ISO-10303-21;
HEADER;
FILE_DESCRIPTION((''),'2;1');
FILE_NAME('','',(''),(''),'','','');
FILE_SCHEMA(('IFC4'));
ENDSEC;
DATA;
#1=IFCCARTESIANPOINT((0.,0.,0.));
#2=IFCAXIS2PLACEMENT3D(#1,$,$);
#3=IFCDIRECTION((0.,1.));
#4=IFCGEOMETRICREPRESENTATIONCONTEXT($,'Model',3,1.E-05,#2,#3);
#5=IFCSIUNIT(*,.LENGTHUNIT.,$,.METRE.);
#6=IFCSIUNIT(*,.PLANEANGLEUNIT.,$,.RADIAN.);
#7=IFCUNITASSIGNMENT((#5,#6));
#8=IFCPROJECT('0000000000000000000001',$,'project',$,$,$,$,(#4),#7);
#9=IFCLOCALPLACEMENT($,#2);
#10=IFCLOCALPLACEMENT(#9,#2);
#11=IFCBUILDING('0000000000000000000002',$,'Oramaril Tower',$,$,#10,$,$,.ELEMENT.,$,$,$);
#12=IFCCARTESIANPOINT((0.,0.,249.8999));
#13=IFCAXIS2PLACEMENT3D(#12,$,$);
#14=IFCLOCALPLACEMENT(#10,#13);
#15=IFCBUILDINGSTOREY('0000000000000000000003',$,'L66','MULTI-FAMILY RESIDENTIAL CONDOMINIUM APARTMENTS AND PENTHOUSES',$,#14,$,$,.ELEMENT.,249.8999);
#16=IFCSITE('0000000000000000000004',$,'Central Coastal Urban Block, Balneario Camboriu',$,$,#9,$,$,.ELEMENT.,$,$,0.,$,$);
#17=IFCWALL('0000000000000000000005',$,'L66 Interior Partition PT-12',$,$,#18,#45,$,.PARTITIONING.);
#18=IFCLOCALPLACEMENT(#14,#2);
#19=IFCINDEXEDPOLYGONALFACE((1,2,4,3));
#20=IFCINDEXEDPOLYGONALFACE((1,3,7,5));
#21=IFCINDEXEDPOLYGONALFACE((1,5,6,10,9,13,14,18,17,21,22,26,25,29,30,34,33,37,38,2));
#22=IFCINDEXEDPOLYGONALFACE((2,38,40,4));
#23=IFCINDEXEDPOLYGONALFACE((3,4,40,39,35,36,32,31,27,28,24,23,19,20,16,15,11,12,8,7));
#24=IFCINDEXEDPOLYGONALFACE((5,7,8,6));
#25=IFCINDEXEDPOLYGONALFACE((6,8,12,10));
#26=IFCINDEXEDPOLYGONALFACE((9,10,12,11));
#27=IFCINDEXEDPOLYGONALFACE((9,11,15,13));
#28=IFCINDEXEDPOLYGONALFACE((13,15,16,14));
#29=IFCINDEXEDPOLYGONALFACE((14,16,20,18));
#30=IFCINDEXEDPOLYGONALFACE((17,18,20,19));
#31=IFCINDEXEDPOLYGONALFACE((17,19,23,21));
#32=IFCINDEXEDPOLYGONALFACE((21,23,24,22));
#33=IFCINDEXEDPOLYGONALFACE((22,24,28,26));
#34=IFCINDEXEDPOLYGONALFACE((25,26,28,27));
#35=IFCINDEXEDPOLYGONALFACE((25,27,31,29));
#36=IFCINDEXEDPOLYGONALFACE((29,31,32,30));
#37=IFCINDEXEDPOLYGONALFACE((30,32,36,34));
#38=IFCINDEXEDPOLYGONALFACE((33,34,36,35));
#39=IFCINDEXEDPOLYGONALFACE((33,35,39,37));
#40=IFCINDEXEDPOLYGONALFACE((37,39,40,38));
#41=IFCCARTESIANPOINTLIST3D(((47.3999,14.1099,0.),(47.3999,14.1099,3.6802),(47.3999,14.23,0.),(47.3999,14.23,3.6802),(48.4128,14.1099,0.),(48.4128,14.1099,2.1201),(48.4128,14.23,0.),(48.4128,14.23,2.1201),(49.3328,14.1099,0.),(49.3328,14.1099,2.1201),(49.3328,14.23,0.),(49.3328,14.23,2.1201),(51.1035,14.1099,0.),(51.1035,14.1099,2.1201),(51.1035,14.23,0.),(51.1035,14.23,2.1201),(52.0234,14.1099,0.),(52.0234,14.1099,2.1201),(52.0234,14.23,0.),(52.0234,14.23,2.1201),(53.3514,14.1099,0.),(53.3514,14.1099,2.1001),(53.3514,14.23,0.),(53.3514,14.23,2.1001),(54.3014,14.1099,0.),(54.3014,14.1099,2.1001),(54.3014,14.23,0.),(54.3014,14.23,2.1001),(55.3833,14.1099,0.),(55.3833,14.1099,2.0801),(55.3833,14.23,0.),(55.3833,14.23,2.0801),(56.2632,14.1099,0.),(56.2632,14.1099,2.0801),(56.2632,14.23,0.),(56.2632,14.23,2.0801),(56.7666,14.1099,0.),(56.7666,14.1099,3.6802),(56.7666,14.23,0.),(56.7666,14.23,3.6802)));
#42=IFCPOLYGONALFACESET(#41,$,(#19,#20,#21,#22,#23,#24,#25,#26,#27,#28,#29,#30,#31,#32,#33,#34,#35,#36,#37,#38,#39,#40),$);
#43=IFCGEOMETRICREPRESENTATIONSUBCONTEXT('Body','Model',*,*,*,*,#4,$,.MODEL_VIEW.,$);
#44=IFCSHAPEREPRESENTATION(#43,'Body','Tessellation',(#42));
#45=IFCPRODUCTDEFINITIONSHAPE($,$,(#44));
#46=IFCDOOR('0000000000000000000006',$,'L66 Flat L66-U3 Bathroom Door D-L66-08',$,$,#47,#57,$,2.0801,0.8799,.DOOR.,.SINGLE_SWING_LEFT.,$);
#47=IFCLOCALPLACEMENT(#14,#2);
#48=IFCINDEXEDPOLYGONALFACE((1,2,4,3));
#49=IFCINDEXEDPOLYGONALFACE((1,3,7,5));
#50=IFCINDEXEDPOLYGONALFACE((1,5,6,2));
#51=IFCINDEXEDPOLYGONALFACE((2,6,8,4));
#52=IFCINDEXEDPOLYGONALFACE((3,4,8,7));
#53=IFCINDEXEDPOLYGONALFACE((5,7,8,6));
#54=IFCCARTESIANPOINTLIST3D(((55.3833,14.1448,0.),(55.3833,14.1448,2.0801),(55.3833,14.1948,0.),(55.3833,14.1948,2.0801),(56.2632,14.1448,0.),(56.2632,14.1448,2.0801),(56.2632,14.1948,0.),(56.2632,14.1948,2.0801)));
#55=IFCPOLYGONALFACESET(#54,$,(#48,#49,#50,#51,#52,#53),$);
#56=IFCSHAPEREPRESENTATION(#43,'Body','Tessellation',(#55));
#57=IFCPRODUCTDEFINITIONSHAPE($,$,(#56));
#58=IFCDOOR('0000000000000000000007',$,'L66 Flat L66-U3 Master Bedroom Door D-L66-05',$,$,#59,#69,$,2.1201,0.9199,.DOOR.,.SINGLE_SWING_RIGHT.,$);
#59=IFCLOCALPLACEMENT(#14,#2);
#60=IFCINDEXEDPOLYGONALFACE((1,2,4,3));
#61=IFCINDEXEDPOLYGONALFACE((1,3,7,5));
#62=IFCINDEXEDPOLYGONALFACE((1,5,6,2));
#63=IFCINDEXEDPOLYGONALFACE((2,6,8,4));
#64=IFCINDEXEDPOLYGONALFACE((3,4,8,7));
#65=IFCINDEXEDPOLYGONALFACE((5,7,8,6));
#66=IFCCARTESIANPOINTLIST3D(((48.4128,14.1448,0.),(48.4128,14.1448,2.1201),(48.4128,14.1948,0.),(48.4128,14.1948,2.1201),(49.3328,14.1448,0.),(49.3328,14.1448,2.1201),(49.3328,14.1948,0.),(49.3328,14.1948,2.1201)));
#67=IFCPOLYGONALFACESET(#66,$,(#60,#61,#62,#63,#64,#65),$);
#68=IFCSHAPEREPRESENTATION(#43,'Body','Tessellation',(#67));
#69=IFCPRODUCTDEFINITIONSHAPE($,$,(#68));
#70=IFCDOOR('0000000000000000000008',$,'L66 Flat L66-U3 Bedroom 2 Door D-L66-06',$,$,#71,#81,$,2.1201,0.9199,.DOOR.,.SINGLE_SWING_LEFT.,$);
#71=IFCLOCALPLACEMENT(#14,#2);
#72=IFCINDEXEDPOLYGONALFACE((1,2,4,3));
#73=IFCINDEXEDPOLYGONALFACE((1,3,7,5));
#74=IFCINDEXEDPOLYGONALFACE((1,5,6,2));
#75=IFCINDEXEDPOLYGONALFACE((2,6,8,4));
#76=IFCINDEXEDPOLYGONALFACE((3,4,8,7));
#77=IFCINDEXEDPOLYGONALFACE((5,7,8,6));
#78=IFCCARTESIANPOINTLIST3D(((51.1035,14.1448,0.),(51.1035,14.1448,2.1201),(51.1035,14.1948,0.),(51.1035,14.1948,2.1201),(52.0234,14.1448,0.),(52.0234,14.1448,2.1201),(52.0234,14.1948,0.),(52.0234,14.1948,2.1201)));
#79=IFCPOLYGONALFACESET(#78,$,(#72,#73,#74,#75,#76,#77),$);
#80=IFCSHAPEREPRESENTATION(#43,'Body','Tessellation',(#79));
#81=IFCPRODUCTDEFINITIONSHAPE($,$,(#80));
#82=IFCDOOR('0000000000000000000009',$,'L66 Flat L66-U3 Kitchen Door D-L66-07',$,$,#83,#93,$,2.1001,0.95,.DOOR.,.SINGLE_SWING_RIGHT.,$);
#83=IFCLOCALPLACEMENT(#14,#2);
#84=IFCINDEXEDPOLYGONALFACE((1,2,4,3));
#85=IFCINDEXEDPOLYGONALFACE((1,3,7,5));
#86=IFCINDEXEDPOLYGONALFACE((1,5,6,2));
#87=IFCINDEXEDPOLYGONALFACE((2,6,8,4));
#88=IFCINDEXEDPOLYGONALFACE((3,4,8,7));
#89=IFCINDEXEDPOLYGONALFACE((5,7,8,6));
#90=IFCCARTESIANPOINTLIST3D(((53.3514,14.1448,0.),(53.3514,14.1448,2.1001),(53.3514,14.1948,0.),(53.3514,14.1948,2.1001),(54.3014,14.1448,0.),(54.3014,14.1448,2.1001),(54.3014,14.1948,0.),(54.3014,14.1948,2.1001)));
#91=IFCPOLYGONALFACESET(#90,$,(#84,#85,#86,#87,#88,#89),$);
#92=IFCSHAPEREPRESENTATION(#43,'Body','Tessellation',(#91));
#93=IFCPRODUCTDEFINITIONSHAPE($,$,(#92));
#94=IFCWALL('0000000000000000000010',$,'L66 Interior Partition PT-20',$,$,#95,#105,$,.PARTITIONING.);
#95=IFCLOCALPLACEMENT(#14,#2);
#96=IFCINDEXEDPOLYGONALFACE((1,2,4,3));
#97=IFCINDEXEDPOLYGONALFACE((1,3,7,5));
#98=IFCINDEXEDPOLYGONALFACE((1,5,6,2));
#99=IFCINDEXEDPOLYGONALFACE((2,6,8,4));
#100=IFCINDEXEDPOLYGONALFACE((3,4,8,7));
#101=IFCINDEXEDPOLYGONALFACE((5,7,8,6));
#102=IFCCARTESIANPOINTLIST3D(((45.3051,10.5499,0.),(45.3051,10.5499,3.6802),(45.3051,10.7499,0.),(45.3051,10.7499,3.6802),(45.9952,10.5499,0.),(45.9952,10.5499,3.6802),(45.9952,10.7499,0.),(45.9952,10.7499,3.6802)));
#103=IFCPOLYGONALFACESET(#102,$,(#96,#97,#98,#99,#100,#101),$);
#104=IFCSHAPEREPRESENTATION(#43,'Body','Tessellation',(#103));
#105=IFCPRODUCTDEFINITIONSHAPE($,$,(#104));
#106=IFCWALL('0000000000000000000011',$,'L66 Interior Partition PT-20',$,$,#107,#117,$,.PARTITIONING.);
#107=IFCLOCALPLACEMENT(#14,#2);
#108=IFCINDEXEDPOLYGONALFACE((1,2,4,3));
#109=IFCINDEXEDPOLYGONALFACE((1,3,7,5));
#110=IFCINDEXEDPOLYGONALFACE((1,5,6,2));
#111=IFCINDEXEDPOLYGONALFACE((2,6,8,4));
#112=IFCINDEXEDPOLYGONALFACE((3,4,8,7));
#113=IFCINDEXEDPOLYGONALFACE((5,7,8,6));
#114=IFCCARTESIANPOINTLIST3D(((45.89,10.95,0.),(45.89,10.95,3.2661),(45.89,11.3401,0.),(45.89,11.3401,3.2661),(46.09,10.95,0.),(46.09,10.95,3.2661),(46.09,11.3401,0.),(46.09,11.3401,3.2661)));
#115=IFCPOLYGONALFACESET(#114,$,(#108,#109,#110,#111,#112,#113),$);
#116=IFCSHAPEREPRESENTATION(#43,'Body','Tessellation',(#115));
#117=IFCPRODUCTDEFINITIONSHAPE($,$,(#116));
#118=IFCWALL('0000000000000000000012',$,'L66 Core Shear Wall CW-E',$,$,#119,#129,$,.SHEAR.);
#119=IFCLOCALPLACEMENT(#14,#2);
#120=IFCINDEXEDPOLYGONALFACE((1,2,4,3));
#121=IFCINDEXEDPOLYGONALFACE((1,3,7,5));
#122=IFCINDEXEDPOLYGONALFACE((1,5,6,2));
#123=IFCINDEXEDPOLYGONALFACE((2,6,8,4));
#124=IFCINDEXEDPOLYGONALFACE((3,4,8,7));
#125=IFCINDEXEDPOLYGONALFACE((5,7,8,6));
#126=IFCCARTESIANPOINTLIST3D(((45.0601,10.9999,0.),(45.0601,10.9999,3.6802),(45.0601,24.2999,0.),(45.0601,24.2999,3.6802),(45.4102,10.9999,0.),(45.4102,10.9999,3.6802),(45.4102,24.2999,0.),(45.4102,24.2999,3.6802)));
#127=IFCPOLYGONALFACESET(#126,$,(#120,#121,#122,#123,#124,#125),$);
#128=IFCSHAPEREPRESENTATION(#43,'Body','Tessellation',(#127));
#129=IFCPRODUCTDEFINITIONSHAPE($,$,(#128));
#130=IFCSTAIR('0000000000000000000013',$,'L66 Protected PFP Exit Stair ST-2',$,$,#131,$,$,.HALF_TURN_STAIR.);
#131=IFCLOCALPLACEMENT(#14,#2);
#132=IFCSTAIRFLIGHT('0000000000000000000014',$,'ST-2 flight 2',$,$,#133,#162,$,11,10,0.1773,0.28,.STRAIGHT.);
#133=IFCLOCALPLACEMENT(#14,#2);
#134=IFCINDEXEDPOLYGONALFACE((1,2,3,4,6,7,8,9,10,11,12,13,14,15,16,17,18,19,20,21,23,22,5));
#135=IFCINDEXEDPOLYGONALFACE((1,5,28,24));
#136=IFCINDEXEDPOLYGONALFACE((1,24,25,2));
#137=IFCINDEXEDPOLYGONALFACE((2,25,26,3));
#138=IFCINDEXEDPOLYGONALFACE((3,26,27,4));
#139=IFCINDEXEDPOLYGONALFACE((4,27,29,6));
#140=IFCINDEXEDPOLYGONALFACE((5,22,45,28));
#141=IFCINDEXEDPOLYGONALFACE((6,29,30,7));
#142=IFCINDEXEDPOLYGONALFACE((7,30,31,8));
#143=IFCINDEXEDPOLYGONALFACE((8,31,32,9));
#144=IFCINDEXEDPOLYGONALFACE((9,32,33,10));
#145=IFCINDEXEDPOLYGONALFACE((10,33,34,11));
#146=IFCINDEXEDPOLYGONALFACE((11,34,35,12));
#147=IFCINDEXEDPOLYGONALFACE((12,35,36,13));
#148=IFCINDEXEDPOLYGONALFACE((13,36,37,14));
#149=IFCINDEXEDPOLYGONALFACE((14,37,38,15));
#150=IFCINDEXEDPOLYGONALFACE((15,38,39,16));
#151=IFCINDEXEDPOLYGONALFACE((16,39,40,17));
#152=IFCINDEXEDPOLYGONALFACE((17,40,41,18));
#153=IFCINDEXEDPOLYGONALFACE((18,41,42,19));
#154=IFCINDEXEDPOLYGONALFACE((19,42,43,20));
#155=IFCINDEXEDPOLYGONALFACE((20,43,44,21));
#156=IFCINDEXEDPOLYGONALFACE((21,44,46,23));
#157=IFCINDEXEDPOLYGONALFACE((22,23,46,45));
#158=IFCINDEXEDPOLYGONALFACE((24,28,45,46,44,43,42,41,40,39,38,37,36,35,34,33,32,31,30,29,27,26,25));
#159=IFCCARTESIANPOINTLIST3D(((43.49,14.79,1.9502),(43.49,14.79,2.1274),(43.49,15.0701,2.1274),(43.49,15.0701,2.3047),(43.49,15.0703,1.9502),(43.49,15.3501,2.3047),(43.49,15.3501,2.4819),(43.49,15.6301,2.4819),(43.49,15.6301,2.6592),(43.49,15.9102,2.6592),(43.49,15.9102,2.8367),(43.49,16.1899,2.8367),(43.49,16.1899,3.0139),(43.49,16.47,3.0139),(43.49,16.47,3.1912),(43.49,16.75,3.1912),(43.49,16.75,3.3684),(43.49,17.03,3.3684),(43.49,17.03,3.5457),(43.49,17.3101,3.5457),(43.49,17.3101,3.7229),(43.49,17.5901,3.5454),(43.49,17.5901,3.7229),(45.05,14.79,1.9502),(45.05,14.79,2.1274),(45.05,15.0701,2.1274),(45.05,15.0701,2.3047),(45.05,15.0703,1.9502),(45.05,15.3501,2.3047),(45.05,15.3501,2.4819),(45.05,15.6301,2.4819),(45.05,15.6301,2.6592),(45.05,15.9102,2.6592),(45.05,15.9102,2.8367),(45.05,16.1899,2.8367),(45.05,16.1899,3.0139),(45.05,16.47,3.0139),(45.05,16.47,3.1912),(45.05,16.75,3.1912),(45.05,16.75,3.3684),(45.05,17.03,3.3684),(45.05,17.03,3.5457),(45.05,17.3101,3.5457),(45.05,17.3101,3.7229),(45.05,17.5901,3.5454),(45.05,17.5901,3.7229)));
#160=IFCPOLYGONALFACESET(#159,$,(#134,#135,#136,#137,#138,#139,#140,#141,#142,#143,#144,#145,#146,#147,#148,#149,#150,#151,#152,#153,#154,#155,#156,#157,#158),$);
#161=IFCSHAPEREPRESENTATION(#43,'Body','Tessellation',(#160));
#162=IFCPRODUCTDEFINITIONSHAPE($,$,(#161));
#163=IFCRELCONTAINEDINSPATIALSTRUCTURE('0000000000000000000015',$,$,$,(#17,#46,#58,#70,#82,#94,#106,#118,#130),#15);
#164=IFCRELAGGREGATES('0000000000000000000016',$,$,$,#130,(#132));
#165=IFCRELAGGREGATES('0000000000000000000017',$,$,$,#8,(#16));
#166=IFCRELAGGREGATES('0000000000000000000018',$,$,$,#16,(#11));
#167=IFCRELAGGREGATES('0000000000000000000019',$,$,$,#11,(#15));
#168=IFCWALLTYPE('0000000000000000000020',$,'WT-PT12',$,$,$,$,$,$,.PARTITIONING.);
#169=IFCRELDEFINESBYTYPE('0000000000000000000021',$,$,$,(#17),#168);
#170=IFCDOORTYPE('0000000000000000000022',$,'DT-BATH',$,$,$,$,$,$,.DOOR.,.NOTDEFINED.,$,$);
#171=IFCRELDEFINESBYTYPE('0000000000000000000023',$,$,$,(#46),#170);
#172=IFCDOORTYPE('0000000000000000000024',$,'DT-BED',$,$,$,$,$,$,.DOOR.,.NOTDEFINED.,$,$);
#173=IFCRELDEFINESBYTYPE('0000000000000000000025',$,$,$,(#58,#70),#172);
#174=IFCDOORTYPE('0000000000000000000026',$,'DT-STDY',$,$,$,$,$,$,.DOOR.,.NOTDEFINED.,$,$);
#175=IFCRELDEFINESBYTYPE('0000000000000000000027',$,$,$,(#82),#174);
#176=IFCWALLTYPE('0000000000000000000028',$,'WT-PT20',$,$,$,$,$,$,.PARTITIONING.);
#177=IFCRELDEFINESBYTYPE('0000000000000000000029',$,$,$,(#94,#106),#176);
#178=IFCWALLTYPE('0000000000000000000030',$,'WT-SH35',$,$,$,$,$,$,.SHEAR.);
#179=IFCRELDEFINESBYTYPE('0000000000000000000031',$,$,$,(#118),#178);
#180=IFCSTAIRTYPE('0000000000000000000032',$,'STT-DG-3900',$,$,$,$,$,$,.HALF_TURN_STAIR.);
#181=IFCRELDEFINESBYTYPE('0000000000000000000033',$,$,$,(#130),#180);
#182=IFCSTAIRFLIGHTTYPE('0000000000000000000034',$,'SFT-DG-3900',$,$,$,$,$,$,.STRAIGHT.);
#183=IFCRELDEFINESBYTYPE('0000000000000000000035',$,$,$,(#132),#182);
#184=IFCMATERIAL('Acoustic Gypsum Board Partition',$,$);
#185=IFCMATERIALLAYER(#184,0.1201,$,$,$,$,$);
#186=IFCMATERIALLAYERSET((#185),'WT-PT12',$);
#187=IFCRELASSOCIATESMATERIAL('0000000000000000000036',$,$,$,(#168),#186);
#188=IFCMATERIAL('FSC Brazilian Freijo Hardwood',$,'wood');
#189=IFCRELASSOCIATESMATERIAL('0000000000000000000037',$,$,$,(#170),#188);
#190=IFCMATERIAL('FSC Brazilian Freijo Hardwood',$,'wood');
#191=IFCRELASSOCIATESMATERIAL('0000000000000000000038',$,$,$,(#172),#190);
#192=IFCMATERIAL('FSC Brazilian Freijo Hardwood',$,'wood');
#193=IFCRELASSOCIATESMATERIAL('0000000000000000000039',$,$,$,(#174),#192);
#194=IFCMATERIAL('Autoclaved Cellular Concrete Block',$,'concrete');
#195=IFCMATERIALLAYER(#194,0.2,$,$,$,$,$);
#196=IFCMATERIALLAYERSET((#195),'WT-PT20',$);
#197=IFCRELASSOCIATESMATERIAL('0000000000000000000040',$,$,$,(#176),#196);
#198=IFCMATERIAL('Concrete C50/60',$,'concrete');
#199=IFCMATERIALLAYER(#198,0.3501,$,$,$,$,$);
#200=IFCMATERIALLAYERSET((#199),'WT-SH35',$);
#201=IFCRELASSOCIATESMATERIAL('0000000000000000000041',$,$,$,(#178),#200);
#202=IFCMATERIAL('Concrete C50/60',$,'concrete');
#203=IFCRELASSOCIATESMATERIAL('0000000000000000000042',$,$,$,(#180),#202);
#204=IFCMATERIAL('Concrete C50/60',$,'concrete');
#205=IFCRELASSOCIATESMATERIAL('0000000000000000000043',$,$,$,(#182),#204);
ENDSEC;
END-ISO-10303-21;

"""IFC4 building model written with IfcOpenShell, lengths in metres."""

from ifc_helpers import new_model, si_unit, direction, frame, frame_2d, origin, place, context, subcontext, project, spatial, polyline, rectangle, outline, extrude, material, layer, layer_set, type_object, element, fill, aggregate, save


model = new_model("IFC4")

# Units and contexts
model_context = context("Model", 3, precision=1e-05, world=origin(), true_north=direction((0.0, 1.0)))
body_context = subcontext(model_context, "Body", "Model", "MODEL_VIEW")
ifc_project = project(units=[si_unit("LENGTHUNIT", "METRE"), si_unit("PLANEANGLEUNIT", "RADIAN")], contexts=[model_context])

# Site, building, storey
site_placement = place(None, origin())
site = spatial("IfcSite", under=ifc_project, at=site_placement, Name="Central Coastal Urban Block, Balneario Camboriu", CompositionType="ELEMENT", RefElevation=0.0)
building_placement = place(site_placement, origin())
building = spatial("IfcBuilding", under=site, at=building_placement, Name="Oramaril Tower", CompositionType="ELEMENT")
storey_placement = place(building_placement, frame((0.0, 0.0, 249.8999)))
storey = spatial("IfcBuildingStorey", under=building, at=storey_placement, Name="L66", Description="MULTI-FAMILY RESIDENTIAL CONDOMINIUM APARTMENTS AND PENTHOUSES", CompositionType="ELEMENT", Elevation=249.8999)

# Wall, openings, doors
ifc_material_1 = material(Name="Acoustic Gypsum Board Partition")
ifc_layer_1 = layer(ifc_material_1, 0.1201)
ifc_layer_set_1 = layer_set([ifc_layer_1], Name="WT-PT12")
wall_type_1 = type_object("IfcWallType", Name="WT-PT12", PredefinedType="PARTITIONING", material=ifc_layer_set_1)
wall_1_placement = place(storey_placement, frame((47.3999, 14.1699, 0.0), z_axis=(0.0, 0.0, 1.0), x_axis=(1.0, 0.0, 0.0)))
wall_1 = element("IfcWall", 1, at=wall_1_placement, inside=storey, type_object=wall_type_1, Name="L66 Interior Partition PT-12", PredefinedType="PARTITIONING", context=body_context, shape_type="SweptSolid", body=[
    extrude(rectangle(XDim=9.3667, YDim=0.1201, at=frame_2d((4.6833, 0.0))), origin(), (0.0, 0.0, 1.0), 3.6802),
])
opening_1_placement = place(wall_1_placement, frame((1.0129, 0.0, 0.0)))
opening_1 = element("IfcOpeningElement", 2, at=opening_1_placement, cuts=wall_1, PredefinedType="OPENING", context=body_context, shape_type="SweptSolid", body=[
    extrude(rectangle(XDim=0.9199, YDim=2.1201, at=frame_2d((0.46, 1.0601))), frame((0.0, 0.0601, 0.0), z_axis=(0.0, -1.0, 0.0), x_axis=(1.0, 0.0, 0.0)), (0.0, 0.0, 1.0), 0.1201),
])
opening_2_placement = place(wall_1_placement, frame((3.7036, 0.0, 0.0)))
opening_2 = element("IfcOpeningElement", 3, at=opening_2_placement, cuts=wall_1, PredefinedType="OPENING", context=body_context, shape_type="SweptSolid", body=[
    extrude(rectangle(XDim=0.9199, YDim=2.1201, at=frame_2d((0.46, 1.0601))), frame((0.0, 0.0601, 0.0), z_axis=(0.0, -1.0, 0.0), x_axis=(1.0, 0.0, 0.0)), (0.0, 0.0, 1.0), 0.1201),
])
opening_3_placement = place(wall_1_placement, frame((5.9514, 0.0, 0.0)))
opening_3 = element("IfcOpeningElement", 4, at=opening_3_placement, cuts=wall_1, PredefinedType="OPENING", context=body_context, shape_type="SweptSolid", body=[
    extrude(rectangle(XDim=0.95, YDim=2.1001, at=frame_2d((0.4751, 1.05))), frame((0.0, 0.0601, 0.0), z_axis=(0.0, -1.0, 0.0), x_axis=(1.0, 0.0, 0.0)), (0.0, 0.0, 1.0), 0.1201),
])
opening_4_placement = place(wall_1_placement, frame((7.9834, 0.0, 0.0)))
opening_4 = element("IfcOpeningElement", 5, at=opening_4_placement, cuts=wall_1, PredefinedType="OPENING", context=body_context, shape_type="SweptSolid", body=[
    extrude(rectangle(XDim=0.8799, YDim=2.0801, at=frame_2d((0.4399, 1.04))), frame((0.0, 0.0601, 0.0), z_axis=(0.0, -1.0, 0.0), x_axis=(1.0, 0.0, 0.0)), (0.0, 0.0, 1.0), 0.1201),
])
ifc_material_2 = material(Name="FSC Brazilian Freijo Hardwood", Category="wood")
door_type_1 = type_object("IfcDoorType", Name="DT-BATH", OperationType="NOTDEFINED", PredefinedType="DOOR", material=ifc_material_2)
door_1_placement = place(opening_4_placement, origin())
door_1 = element("IfcDoor", 6, at=door_1_placement, inside=storey, type_object=door_type_1, Name="L66 Flat L66-U3 Bathroom Door D-L66-08", OperationType="SINGLE_SWING_LEFT", OverallHeight=2.0801, OverallWidth=0.8799, PredefinedType="DOOR", context=body_context, shape_type="SweptSolid", body=[
    extrude(rectangle(XDim=0.8799, YDim=2.0801, at=frame_2d((0.4399, 1.04))), frame((0.0, 0.0249, 0.0), z_axis=(0.0, -1.0, 0.0), x_axis=(1.0, 0.0, 0.0)), (0.0, 0.0, 1.0), 0.05),
])
fill(opening_4, door_1)
ifc_material_3 = material(Name="FSC Brazilian Freijo Hardwood", Category="wood")
door_type_2 = type_object("IfcDoorType", Name="DT-BED", OperationType="NOTDEFINED", PredefinedType="DOOR", material=ifc_material_3)
door_2_placement = place(opening_1_placement, origin())
door_2 = element("IfcDoor", 7, at=door_2_placement, inside=storey, type_object=door_type_2, Name="L66 Flat L66-U3 Master Bedroom Door D-L66-05", OperationType="SINGLE_SWING_RIGHT", OverallHeight=2.1201, OverallWidth=0.9199, PredefinedType="DOOR", context=body_context, shape_type="SweptSolid", body=[
    extrude(rectangle(XDim=0.9199, YDim=2.1201, at=frame_2d((0.46, 1.0601))), frame((0.0, 0.0249, 0.0), z_axis=(0.0, -1.0, 0.0), x_axis=(1.0, 0.0, 0.0)), (0.0, 0.0, 1.0), 0.05),
])
fill(opening_1, door_2)
door_3_placement = place(opening_2_placement, origin())
door_3 = element("IfcDoor", 8, at=door_3_placement, inside=storey, type_object=door_type_2, Name="L66 Flat L66-U3 Bedroom 2 Door D-L66-06", OperationType="SINGLE_SWING_LEFT", OverallHeight=2.1201, OverallWidth=0.9199, PredefinedType="DOOR", context=body_context, shape_type="SweptSolid", body=[
    extrude(rectangle(XDim=0.9199, YDim=2.1201, at=frame_2d((0.46, 1.0601))), frame((0.0, 0.0249, 0.0), z_axis=(0.0, -1.0, 0.0), x_axis=(1.0, 0.0, 0.0)), (0.0, 0.0, 1.0), 0.05),
])
fill(opening_2, door_3)
ifc_material_4 = material(Name="FSC Brazilian Freijo Hardwood", Category="wood")
door_type_3 = type_object("IfcDoorType", Name="DT-STDY", OperationType="NOTDEFINED", PredefinedType="DOOR", material=ifc_material_4)
door_4_placement = place(opening_3_placement, origin())
door_4 = element("IfcDoor", 9, at=door_4_placement, inside=storey, type_object=door_type_3, Name="L66 Flat L66-U3 Kitchen Door D-L66-07", OperationType="SINGLE_SWING_RIGHT", OverallHeight=2.1001, OverallWidth=0.95, PredefinedType="DOOR", context=body_context, shape_type="SweptSolid", body=[
    extrude(rectangle(XDim=0.95, YDim=2.1001, at=frame_2d((0.4751, 1.05))), frame((0.0, 0.0249, 0.0), z_axis=(0.0, -1.0, 0.0), x_axis=(1.0, 0.0, 0.0)), (0.0, 0.0, 1.0), 0.05),
])
fill(opening_3, door_4)

# Walls
ifc_material_5 = material(Name="Autoclaved Cellular Concrete Block", Category="concrete")
ifc_layer_2 = layer(ifc_material_5, 0.2)
ifc_layer_set_2 = layer_set([ifc_layer_2], Name="WT-PT20")
wall_type_2 = type_object("IfcWallType", Name="WT-PT20", PredefinedType="PARTITIONING", material=ifc_layer_set_2)
wall_2_placement = place(storey_placement, frame((45.3049, 10.6499, 0.0), z_axis=(0.0, 0.0, 1.0), x_axis=(1.0, 0.0, 0.0)))
element("IfcWall", 10, at=wall_2_placement, inside=storey, type_object=wall_type_2, Name="L66 Interior Partition PT-20", PredefinedType="PARTITIONING", context=body_context, shape_type="SweptSolid", body=[
    extrude(rectangle(XDim=0.6902, YDim=0.2, at=frame_2d((0.3452, 0.0))), origin(), (0.0, 0.0, 1.0), 3.6802),
])
wall_3_placement = place(storey_placement, frame((45.99, 10.95, 0.0), z_axis=(0.0, 0.0, 1.0), x_axis=(0.0, 1.0, 0.0)))
element("IfcWall", 11, at=wall_3_placement, inside=storey, type_object=wall_type_2, Name="L66 Interior Partition PT-20", PredefinedType="PARTITIONING", context=body_context, shape_type="SweptSolid", body=[
    extrude(rectangle(XDim=0.3901, YDim=0.2, at=frame_2d((0.1951, 0.0))), origin(), (0.0, 0.0, 1.0), 3.2661),
])

# Wall
ifc_material_6 = material(Name="Concrete C50/60", Category="concrete")
ifc_layer_3 = layer(ifc_material_6, 0.3501)
ifc_layer_set_3 = layer_set([ifc_layer_3], Name="WT-SH35")
wall_type_3 = type_object("IfcWallType", Name="WT-SH35", PredefinedType="SHEAR", material=ifc_layer_set_3)
wall_4_placement = place(storey_placement, frame((45.2351, 11.0, 0.0), z_axis=(0.0, 0.0, 1.0), x_axis=(0.0, 1.0, 0.0)))
element("IfcWall", 12, at=wall_4_placement, inside=storey, type_object=wall_type_3, Name="L66 Core Shear Wall CW-E", PredefinedType="SHEAR", context=body_context, shape_type="SweptSolid", body=[
    extrude(rectangle(XDim=13.3, YDim=0.3501, at=frame_2d((6.6499, 0.0))), origin(), (0.0, 0.0, 1.0), 3.6802),
])

# Stair, stair flight
ifc_material_7 = material(Name="Concrete C50/60", Category="concrete")
stair_type = type_object("IfcStairType", Name="STT-DG-3900", PredefinedType="HALF_TURN_STAIR", material=ifc_material_7)
stair_placement = place(storey_placement, origin())
stair = element("IfcStair", 13, at=stair_placement, inside=storey, type_object=stair_type, Name="L66 Protected PFP Exit Stair ST-2", PredefinedType="HALF_TURN_STAIR")
ifc_material_8 = material(Name="Concrete C50/60", Category="concrete")
stair_flight_type = type_object("IfcStairFlightType", Name="SFT-DG-3900", PredefinedType="STRAIGHT", material=ifc_material_8)
stair_flight_placement = place(storey_placement, frame((44.27, 14.79, 1.9502), z_axis=(0.0, 0.0, 1.0), x_axis=(0.0, 1.0, 0.0)))
stair_flight = element("IfcStairFlight", 14, at=stair_flight_placement, type_object=stair_flight_type, Name="ST-2 flight 2", NumberOfRisers=11, NumberOfTreads=10, PredefinedType="STRAIGHT", RiserHeight=0.1773, TreadLength=0.28, context=body_context, shape_type="SweptSolid", body=[
    extrude(outline(polyline([(0.0, 0.0), (0.0, 0.1772), (0.28, 0.1772), (0.28, 0.3545), (0.5601, 0.3545), (0.5601, 0.5317), (0.8401, 0.5317), (0.8401, 0.709), (1.1201, 0.709), (1.1201, 0.8865), (1.3999, 0.8865), (1.3999, 1.0637), (1.6799, 1.0637), (1.6799, 1.241), (1.96, 1.241), (1.96, 1.4182), (2.24, 1.4182), (2.24, 1.5955), (2.52, 1.5955), (2.52, 1.7727), (2.8, 1.7727), (2.8, 1.95), (2.8, 1.5952), (0.2803, 0.0), (0.0, 0.0)])), frame((0.0, 0.78, 0.0), z_axis=(0.0, -1.0, 0.0), x_axis=(1.0, 0.0, 0.0)), (0.0, 0.0, 1.0), 1.5601),
])
aggregate(stair, [stair_flight])

save(model, "model.ifc")
